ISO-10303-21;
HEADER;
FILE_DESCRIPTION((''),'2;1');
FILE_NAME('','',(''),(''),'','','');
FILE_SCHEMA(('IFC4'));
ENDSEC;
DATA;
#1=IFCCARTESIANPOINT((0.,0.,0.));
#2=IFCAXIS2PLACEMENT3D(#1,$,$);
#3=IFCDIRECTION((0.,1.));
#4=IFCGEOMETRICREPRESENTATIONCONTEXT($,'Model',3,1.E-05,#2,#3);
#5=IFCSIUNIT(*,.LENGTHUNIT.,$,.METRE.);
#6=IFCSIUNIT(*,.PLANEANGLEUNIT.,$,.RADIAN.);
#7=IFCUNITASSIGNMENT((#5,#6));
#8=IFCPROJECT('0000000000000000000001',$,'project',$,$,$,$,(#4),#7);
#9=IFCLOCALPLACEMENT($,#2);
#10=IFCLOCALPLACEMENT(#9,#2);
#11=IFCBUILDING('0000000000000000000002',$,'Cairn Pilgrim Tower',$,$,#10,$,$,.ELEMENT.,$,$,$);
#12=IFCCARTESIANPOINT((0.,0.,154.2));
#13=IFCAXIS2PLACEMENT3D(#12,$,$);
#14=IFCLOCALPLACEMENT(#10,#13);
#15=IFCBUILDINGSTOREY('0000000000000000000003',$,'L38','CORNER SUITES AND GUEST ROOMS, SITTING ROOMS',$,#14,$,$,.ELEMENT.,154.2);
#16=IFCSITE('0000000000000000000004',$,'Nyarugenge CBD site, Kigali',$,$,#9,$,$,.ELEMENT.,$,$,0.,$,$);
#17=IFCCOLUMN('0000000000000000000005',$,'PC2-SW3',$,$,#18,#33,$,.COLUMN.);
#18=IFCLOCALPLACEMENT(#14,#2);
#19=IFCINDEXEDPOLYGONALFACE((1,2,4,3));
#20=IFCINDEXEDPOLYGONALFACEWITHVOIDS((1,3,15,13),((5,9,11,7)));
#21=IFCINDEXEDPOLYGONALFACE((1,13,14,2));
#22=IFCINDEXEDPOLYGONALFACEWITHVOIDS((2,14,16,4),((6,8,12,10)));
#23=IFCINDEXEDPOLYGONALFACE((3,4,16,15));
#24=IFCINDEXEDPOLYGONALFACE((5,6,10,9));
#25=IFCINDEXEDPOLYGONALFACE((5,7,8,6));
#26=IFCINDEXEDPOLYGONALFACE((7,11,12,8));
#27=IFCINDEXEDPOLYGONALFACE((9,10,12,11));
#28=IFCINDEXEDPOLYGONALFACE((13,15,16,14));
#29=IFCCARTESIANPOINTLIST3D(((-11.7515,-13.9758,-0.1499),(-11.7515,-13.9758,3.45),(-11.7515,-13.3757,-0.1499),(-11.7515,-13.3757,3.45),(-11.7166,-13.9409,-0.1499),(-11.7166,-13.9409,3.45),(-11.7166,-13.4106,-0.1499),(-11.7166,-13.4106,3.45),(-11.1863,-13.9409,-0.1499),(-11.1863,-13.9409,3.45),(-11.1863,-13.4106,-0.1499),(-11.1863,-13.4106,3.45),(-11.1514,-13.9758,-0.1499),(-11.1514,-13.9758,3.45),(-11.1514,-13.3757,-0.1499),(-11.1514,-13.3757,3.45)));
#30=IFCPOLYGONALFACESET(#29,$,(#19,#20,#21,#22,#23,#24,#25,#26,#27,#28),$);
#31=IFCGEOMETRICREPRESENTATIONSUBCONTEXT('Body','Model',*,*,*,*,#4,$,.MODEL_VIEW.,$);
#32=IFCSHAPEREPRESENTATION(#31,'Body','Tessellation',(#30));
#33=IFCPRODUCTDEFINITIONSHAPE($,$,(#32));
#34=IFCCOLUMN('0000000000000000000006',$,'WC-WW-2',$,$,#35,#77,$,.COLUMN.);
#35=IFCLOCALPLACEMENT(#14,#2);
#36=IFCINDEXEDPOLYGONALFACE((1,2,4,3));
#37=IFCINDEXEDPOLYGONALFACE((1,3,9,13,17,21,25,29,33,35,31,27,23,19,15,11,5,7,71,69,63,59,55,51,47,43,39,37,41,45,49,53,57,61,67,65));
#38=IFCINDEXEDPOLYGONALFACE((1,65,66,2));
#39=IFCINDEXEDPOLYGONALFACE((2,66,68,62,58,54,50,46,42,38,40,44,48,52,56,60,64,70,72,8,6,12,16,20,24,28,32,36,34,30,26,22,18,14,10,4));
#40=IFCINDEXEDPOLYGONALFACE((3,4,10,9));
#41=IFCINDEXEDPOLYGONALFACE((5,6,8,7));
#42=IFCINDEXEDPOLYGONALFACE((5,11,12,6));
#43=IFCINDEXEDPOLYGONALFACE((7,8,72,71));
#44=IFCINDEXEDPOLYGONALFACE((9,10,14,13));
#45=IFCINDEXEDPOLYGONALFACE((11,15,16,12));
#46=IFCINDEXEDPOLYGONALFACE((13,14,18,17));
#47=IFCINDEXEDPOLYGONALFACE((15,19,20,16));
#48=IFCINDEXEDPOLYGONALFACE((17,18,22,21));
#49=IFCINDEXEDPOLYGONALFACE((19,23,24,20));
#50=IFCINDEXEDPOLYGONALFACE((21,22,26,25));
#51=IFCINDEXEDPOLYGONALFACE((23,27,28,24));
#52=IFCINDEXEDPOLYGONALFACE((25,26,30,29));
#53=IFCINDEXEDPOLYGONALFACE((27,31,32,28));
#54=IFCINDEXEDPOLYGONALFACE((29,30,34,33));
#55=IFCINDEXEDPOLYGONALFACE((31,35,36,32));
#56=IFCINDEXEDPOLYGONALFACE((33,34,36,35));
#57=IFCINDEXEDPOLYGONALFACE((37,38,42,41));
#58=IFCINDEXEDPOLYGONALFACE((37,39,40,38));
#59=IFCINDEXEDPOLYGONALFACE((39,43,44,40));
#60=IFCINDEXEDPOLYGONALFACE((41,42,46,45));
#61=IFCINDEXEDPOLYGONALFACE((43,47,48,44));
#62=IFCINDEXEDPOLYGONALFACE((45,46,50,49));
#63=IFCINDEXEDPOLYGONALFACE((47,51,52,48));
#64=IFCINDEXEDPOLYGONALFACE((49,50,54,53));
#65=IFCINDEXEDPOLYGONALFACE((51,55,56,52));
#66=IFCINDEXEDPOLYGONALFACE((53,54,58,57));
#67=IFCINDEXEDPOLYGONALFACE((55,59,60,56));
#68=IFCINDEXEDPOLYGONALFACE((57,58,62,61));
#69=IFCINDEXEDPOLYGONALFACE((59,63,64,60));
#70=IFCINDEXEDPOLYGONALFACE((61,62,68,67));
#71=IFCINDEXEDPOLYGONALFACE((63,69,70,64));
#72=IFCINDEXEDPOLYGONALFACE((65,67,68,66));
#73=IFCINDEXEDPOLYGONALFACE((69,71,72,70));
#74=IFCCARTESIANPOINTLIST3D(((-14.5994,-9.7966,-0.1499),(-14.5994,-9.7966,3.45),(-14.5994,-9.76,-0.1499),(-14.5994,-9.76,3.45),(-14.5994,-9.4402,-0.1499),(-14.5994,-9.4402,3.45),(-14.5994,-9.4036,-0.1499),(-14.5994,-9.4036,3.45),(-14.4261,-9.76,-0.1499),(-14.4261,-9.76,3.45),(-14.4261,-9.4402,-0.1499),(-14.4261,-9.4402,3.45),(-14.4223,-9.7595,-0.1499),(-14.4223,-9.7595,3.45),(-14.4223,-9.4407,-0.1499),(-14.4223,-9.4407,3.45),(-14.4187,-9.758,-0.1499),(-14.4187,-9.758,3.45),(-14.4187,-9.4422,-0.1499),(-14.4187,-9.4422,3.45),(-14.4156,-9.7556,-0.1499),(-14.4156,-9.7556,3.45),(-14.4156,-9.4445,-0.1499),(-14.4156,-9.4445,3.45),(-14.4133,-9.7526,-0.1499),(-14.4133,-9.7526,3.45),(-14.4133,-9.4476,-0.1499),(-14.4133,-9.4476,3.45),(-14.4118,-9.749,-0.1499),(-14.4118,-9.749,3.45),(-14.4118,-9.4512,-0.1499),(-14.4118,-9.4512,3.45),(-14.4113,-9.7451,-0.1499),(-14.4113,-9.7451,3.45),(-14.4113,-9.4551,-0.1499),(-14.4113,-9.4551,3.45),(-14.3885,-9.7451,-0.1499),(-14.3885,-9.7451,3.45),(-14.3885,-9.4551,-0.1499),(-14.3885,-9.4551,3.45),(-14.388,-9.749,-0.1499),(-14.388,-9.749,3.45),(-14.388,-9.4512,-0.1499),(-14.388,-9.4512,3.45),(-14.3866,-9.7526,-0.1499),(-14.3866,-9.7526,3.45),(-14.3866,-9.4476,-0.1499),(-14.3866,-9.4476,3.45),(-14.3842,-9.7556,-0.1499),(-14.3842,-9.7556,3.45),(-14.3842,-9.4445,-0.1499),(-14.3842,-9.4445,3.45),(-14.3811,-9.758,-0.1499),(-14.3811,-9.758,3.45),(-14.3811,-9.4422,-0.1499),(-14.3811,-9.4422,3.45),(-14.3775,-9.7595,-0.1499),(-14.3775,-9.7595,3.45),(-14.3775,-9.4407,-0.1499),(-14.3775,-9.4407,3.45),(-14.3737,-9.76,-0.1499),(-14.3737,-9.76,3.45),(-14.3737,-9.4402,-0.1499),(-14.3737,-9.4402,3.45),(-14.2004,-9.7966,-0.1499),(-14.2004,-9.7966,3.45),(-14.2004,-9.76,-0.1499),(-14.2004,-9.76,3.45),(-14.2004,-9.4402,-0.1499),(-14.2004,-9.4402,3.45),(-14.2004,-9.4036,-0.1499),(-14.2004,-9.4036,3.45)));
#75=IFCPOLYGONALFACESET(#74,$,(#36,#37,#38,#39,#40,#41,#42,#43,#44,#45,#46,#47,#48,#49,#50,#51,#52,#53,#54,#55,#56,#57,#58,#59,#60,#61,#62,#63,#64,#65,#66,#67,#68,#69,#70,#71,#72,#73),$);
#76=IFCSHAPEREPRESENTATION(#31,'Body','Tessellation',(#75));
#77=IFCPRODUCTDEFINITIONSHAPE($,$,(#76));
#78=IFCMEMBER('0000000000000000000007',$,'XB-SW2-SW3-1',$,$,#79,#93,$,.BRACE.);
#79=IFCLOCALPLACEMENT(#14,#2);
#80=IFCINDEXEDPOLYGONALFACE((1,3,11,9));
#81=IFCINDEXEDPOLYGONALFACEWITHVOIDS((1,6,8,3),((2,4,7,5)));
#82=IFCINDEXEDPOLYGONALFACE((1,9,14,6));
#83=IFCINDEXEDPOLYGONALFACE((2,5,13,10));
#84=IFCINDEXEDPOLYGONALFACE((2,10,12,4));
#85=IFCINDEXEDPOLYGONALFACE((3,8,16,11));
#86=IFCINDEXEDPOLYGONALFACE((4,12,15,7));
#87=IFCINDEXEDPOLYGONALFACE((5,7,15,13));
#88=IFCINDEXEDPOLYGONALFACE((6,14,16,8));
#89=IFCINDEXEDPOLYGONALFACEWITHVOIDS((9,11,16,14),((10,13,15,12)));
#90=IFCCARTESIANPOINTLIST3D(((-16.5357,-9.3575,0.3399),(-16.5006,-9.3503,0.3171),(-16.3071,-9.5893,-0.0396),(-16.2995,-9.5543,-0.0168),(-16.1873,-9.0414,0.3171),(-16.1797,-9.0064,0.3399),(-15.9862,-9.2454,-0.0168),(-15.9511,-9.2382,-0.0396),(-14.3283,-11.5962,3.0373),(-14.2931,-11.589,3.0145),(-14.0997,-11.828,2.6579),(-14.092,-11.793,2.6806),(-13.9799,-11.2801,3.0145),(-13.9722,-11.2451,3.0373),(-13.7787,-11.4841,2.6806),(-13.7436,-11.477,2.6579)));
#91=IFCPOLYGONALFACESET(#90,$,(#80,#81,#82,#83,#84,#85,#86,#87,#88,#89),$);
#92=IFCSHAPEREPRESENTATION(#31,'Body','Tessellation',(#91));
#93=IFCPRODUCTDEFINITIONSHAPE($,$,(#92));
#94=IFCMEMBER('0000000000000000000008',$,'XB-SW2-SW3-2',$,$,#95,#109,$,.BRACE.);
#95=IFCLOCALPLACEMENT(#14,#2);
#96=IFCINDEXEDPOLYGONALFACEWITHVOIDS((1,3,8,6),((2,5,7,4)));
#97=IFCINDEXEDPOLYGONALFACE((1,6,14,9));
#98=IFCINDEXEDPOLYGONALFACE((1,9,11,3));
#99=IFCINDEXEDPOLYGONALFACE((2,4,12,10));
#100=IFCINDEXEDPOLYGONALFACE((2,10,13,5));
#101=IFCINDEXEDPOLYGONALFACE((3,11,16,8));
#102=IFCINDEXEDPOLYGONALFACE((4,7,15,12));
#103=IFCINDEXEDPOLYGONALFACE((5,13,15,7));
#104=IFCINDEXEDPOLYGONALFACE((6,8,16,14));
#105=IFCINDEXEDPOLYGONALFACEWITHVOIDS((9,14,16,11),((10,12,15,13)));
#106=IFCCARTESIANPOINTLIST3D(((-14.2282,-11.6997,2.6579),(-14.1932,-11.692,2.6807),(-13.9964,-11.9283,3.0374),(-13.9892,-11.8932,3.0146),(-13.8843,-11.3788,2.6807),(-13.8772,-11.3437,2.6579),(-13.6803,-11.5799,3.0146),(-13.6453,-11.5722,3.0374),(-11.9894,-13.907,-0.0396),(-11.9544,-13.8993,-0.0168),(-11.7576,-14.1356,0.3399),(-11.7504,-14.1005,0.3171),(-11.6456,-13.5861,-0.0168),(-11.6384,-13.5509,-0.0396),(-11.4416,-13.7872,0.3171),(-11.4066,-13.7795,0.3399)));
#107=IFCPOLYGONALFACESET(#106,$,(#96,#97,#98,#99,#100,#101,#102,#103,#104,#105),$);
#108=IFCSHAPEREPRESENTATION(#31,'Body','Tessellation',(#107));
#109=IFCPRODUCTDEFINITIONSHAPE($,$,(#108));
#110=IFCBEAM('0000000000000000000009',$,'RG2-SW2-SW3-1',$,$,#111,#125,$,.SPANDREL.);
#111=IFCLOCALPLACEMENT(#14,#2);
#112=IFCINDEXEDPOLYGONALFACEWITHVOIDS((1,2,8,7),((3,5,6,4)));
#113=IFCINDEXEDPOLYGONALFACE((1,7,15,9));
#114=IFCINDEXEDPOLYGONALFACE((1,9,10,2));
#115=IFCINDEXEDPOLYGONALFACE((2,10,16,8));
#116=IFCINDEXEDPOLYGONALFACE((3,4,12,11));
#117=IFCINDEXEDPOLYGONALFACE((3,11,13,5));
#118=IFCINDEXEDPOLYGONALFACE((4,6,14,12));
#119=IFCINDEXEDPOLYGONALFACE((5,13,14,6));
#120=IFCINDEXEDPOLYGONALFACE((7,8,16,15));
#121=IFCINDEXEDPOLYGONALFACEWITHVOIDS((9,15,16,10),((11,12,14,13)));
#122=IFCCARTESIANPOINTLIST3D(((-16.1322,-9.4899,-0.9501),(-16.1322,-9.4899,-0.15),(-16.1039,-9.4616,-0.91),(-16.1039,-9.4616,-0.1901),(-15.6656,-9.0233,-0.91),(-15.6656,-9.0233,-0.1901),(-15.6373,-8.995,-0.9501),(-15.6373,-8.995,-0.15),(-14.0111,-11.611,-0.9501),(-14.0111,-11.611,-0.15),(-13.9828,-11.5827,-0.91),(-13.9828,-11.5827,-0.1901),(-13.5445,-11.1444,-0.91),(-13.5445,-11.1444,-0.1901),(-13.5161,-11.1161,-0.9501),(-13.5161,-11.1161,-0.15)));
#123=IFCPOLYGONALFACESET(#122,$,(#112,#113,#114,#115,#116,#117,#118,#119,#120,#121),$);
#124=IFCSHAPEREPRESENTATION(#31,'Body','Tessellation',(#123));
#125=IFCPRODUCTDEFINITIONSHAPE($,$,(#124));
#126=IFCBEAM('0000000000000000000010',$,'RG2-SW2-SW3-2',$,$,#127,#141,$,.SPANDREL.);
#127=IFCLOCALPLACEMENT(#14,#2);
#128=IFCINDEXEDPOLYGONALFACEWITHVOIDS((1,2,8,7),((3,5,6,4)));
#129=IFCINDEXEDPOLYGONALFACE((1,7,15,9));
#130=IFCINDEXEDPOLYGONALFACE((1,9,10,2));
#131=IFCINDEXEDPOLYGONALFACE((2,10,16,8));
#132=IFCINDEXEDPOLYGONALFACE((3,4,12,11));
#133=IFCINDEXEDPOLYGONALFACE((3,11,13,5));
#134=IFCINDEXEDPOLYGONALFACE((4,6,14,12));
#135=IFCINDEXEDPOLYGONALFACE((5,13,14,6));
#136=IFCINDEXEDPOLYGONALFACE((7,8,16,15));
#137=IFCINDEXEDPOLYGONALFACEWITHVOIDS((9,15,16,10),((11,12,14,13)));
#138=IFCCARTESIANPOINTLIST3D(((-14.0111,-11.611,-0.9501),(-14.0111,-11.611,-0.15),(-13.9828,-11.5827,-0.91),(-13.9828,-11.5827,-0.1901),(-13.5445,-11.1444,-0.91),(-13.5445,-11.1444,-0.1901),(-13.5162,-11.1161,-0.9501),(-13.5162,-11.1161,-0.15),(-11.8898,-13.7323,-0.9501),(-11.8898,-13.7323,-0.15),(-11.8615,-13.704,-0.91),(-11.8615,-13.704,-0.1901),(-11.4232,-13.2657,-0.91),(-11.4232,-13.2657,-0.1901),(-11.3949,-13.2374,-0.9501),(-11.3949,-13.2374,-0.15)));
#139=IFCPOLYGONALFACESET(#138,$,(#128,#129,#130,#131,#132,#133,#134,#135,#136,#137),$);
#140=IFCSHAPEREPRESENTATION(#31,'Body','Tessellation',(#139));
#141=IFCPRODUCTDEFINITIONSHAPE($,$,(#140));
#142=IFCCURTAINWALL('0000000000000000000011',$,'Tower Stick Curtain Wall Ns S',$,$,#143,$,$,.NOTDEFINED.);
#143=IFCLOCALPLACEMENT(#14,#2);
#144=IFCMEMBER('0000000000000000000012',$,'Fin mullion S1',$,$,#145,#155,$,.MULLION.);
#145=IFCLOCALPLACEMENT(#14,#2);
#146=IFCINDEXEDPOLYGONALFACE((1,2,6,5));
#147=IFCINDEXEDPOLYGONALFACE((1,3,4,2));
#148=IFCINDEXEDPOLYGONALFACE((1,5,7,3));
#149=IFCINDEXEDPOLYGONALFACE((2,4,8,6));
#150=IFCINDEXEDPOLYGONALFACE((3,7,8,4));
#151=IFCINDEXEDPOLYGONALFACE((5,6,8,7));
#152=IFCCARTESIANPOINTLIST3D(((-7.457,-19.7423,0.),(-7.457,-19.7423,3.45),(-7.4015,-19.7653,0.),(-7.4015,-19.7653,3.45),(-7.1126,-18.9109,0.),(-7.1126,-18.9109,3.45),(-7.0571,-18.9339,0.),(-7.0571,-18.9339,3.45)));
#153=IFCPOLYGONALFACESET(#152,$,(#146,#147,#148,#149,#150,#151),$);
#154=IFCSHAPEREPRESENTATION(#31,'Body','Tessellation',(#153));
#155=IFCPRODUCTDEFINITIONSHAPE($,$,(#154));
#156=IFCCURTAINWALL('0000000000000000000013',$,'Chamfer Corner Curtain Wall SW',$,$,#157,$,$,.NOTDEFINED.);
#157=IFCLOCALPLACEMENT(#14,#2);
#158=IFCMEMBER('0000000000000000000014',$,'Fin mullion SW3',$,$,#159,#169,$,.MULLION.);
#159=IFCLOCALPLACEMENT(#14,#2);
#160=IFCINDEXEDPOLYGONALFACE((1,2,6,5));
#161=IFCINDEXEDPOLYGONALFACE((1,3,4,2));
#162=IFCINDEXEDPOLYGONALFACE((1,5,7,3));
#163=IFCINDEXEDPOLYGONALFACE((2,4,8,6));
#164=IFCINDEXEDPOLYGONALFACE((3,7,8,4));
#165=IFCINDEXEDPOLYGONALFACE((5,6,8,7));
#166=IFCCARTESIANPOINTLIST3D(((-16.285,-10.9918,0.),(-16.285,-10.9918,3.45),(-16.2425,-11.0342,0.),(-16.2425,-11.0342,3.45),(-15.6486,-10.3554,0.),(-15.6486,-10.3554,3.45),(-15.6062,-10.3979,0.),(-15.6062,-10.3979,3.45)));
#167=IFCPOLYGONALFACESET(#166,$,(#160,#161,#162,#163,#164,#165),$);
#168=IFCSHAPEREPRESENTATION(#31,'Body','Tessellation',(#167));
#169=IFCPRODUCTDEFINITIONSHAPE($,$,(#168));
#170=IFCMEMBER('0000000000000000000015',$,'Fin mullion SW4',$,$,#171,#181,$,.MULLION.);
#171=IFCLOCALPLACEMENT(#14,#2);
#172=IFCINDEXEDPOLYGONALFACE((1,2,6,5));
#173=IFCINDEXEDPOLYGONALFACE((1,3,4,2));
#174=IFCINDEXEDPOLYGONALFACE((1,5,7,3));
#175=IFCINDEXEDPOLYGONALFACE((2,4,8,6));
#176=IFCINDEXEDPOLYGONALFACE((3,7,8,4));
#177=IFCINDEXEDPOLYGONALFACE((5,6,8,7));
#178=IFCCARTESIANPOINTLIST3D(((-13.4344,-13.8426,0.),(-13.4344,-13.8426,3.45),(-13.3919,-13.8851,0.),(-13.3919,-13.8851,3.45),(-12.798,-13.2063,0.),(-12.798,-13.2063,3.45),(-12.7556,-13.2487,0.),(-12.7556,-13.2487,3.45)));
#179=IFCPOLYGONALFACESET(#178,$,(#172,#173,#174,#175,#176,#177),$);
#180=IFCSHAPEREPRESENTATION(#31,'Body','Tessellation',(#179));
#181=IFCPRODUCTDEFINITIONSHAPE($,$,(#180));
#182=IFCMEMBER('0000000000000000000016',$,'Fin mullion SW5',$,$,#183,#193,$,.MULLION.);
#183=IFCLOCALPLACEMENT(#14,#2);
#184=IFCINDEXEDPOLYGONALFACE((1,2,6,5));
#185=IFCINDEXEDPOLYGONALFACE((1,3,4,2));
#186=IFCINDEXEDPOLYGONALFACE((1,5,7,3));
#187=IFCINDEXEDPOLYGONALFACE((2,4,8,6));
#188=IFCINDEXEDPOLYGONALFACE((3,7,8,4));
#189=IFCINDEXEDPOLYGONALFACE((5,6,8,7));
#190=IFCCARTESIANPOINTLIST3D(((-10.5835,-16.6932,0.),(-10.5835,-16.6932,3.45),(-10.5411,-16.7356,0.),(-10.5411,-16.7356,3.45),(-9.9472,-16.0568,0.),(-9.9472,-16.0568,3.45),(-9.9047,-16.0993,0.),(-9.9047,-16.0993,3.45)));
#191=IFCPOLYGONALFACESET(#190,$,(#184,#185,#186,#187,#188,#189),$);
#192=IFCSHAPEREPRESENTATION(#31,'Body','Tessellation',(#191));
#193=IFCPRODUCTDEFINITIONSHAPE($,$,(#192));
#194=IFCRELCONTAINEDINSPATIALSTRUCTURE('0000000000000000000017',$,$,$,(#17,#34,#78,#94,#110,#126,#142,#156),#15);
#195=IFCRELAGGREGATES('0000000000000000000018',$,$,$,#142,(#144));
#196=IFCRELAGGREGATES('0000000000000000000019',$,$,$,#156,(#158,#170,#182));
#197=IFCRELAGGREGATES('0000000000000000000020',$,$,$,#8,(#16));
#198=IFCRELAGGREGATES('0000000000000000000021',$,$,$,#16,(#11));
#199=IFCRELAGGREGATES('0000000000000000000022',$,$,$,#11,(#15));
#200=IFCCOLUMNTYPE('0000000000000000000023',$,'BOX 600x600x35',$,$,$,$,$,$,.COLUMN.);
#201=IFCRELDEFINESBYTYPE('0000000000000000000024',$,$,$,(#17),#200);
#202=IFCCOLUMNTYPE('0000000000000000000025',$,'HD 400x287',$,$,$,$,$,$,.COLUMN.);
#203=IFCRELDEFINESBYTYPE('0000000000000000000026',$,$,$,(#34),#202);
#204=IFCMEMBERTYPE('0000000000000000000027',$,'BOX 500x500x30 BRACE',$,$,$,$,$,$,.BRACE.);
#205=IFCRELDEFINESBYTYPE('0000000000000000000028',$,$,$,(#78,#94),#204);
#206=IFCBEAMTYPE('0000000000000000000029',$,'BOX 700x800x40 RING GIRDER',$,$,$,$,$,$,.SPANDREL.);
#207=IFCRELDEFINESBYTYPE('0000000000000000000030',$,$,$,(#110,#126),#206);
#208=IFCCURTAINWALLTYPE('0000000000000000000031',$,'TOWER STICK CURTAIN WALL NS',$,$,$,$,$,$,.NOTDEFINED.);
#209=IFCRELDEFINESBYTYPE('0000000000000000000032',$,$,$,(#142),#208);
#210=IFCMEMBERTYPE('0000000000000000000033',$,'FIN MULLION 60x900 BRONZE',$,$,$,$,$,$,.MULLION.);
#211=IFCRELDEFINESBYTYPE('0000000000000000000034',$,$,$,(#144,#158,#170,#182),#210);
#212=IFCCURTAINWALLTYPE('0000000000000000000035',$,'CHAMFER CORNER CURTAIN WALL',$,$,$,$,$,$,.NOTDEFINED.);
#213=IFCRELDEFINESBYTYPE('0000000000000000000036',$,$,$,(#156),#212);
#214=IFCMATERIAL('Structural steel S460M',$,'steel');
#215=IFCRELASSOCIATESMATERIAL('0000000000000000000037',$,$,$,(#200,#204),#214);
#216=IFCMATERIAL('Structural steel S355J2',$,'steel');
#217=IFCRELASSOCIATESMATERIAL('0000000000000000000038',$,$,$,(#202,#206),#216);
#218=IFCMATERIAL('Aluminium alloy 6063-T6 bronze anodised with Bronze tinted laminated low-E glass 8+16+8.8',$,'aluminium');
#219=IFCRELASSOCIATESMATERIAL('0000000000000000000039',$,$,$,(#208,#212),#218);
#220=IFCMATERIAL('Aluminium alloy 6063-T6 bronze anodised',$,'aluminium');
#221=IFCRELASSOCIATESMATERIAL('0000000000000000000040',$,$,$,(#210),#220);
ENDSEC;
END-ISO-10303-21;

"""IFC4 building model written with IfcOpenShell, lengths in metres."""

from ifc_helpers import new_model, si_unit, direction, frame, origin, origin_2d, place, context, subcontext, project, spatial, rectangle, hollow_rectangle, i_section, extrude, material, material_profile, profile_set, type_object, element, aggregate, save


model = new_model("IFC4")

# Units and contexts
model_context = context("Model", 3, precision=1e-05, world=origin(), true_north=direction((0.0, 1.0)))
body_context = subcontext(model_context, "Body", "Model", "MODEL_VIEW")
ifc_project = project(units=[si_unit("LENGTHUNIT", "METRE"), si_unit("PLANEANGLEUNIT", "RADIAN")], contexts=[model_context])

# Site, building, storey
site_placement = place(None, origin())
site = spatial("IfcSite", under=ifc_project, at=site_placement, Name="Nyarugenge CBD site, Kigali", CompositionType="ELEMENT", RefElevation=0.0)
building_placement = place(site_placement, origin())
building = spatial("IfcBuilding", under=site, at=building_placement, Name="Cairn Pilgrim Tower", CompositionType="ELEMENT")
storey_placement = place(building_placement, frame((0.0, 0.0, 154.2)))
storey = spatial("IfcBuildingStorey", under=building, at=storey_placement, Name="L38", Description="CORNER SUITES AND GUEST ROOMS, SITTING ROOMS", CompositionType="ELEMENT", Elevation=154.2)

# Columns
ifc_material_1 = material(Name="Structural steel S460M", Category="steel")
ifc_material_profile_1 = material_profile(ifc_material_1, hollow_rectangle(XDim=0.6001, YDim=0.6001, WallThickness=0.0349, at=origin_2d()), Name="BOX 600x600x35")
ifc_profile_set_1 = profile_set([ifc_material_profile_1], Name="Structural steel S460M")
column_type_1 = type_object("IfcColumnType", Name="BOX 600x600x35", PredefinedType="COLUMN", material=ifc_profile_set_1)
column_1_placement = place(storey_placement, frame((-11.4514, -13.6758, -0.1499), z_axis=(0.0, 0.0, 1.0), x_axis=(1.0, 0.0, 0.0)))
element("IfcColumn", 1, at=column_1_placement, inside=storey, type_object=column_type_1, Name="PC2-SW3", PredefinedType="COLUMN", context=body_context, shape_type="SweptSolid", body=[
    extrude(hollow_rectangle(XDim=0.6001, YDim=0.6001, WallThickness=0.0349, at=origin_2d()), origin(), (0.0, 0.0, 1.0), 3.5999),
])
ifc_material_2 = material(Name="Structural steel S355J2", Category="steel")
ifc_material_profile_2 = material_profile(ifc_material_2, i_section(OverallWidth=0.3989, OverallDepth=0.3931, WebThickness=0.0227, FlangeThickness=0.0366, FilletRadius=0.0149, at=origin_2d()), Name="HD 400x287")
ifc_profile_set_2 = profile_set([ifc_material_profile_2], Name="Structural steel S355J2")
column_type_2 = type_object("IfcColumnType", Name="HD 400x287", PredefinedType="COLUMN", material=ifc_profile_set_2)
column_2_placement = place(storey_placement, frame((-14.3999, -9.6001, -0.1499), z_axis=(0.0, 0.0, 1.0), x_axis=(1.0, 0.0, 0.0)))
element("IfcColumn", 2, at=column_2_placement, inside=storey, type_object=column_type_2, Name="WC-WW-2", PredefinedType="COLUMN", context=body_context, shape_type="SweptSolid", body=[
    extrude(i_section(OverallWidth=0.3989, OverallDepth=0.3931, WebThickness=0.0227, FlangeThickness=0.0366, FilletRadius=0.0149, at=origin_2d()), origin(), (0.0, 0.0, 1.0), 3.5999),
])

# Members
ifc_material_profile_3 = material_profile(ifc_material_1, hollow_rectangle(XDim=0.5, YDim=0.5, WallThickness=0.03, at=origin_2d()), Name="BOX 500x500x30")
ifc_profile_set_3 = profile_set([ifc_material_profile_3], Name="Structural steel S460M")
member_type_1 = type_object("IfcMemberType", Name="BOX 500x500x30 BRACE", PredefinedType="BRACE", material=ifc_profile_set_3)
for number, where, z_axis, x_axis, name in (
    (3, (-16.2434, -9.2979, 0.1501), (0.532872, -0.540416, 0.651151), (0.712059, 0.70212, 0.0), "XB-SW2-SW3-1"),
    (4, (-11.698, -13.8433, 0.1501), (-0.540433, 0.53283, 0.651171), (-0.70208, -0.712098, 0.0), "XB-SW2-SW3-2"),
):
    element("IfcMember", number, at=place(storey_placement, frame(where, z_axis=z_axis, x_axis=x_axis)), inside=storey, type_object=member_type_1, Name=name, PredefinedType="BRACE", context=body_context, shape_type="SweptSolid", body=[
        extrude(hollow_rectangle(XDim=0.5, YDim=0.5, WallThickness=0.03, at=origin_2d()), origin(), (0.0, 0.0, 1.0), 4.1426),
    ])

# Beams
ifc_material_profile_4 = material_profile(ifc_material_2, hollow_rectangle(XDim=0.7, YDim=0.8, WallThickness=0.04, at=origin_2d()), Name="BOX 700x800x40")
ifc_profile_set_4 = profile_set([ifc_material_profile_4], Name="Structural steel S355J2")
beam_type_1 = type_object("IfcBeamType", Name="BOX 700x800x40 RING GIRDER", PredefinedType="SPANDREL", material=ifc_profile_set_4)
beam_1_placement = place(storey_placement, frame((-15.8848, -9.2424, -0.55), z_axis=(0.707107, -0.707107, 0.0), x_axis=(0.707107, 0.707107, 0.0)))
element("IfcBeam", 5, at=beam_1_placement, inside=storey, type_object=beam_type_1, Name="RG2-SW2-SW3-1", PredefinedType="SPANDREL", context=body_context, shape_type="SweptSolid", body=[
    extrude(hollow_rectangle(XDim=0.7, YDim=0.8, WallThickness=0.04, at=origin_2d()), origin(), (0.0, 0.0, 1.0), 2.9998),
])
beam_2_placement = place(storey_placement, frame((-13.7637, -11.3635, -0.55), z_axis=(0.707107, -0.707107, 0.0), x_axis=(0.707107, 0.707107, 0.0)))
element("IfcBeam", 6, at=beam_2_placement, inside=storey, type_object=beam_type_1, Name="RG2-SW2-SW3-2", PredefinedType="SPANDREL", context=body_context, shape_type="SweptSolid", body=[
    extrude(hollow_rectangle(XDim=0.7, YDim=0.8, WallThickness=0.04, at=origin_2d()), origin(), (0.0, 0.0, 1.0), 3.0),
])

# Curtain wall, member
ifc_material_3 = material(Name="Aluminium alloy 6063-T6 bronze anodised with Bronze tinted laminated low-E glass 8+16+8.8", Category="aluminium")
curtain_wall_type_1 = type_object("IfcCurtainWallType", Name="TOWER STICK CURTAIN WALL NS", PredefinedType="NOTDEFINED", material=ifc_material_3)
curtain_wall_1_placement = place(storey_placement, origin())
curtain_wall_1 = element("IfcCurtainWall", 7, at=curtain_wall_1_placement, inside=storey, type_object=curtain_wall_type_1, Name="Tower Stick Curtain Wall Ns S", PredefinedType="NOTDEFINED")
ifc_material_4 = material(Name="Aluminium alloy 6063-T6 bronze anodised", Category="aluminium")
ifc_material_profile_5 = material_profile(ifc_material_4, rectangle(XDim=0.8999, YDim=0.0601, at=origin_2d()), Name="FIN MULLION 60x900 BRONZE")
ifc_profile_set_5 = profile_set([ifc_material_profile_5], Name="Aluminium alloy 6063-T6 bronze anodised")
member_type_2 = type_object("IfcMemberType", Name="FIN MULLION 60x900 BRONZE", PredefinedType="MULLION", material=ifc_profile_set_5)
member_1_placement = place(storey_placement, frame((-7.2571, -19.3381, 0.0), z_axis=(0.0, 0.0, 1.0), x_axis=(-0.382683, -0.92388, 0.0)))
member_1 = element("IfcMember", 8, at=member_1_placement, type_object=member_type_2, Name="Fin mullion S1", PredefinedType="MULLION", context=body_context, shape_type="SweptSolid", body=[
    extrude(rectangle(XDim=0.8999, YDim=0.0601, at=origin_2d()), origin(), (0.0, 0.0, 1.0), 3.45),
])
aggregate(curtain_wall_1, [member_1])

# Curtain wall, members
curtain_wall_type_2 = type_object("IfcCurtainWallType", Name="CHAMFER CORNER CURTAIN WALL", PredefinedType="NOTDEFINED", material=ifc_material_3)
curtain_wall_2_placement = place(storey_placement, origin())
curtain_wall_2 = element("IfcCurtainWall", 9, at=curtain_wall_2_placement, inside=storey, type_object=curtain_wall_type_2, Name="Chamfer Corner Curtain Wall SW", PredefinedType="NOTDEFINED")
member_2_placement = place(storey_placement, frame((-15.9456, -10.6948, 0.0), z_axis=(0.0, 0.0, 1.0), x_axis=(-0.707107, -0.707107, 0.0)))
member_2 = element("IfcMember", 10, at=member_2_placement, type_object=member_type_2, Name="Fin mullion SW3", PredefinedType="MULLION", context=body_context, shape_type="SweptSolid", body=[
    extrude(rectangle(XDim=0.8999, YDim=0.0601, at=origin_2d()), origin(), (0.0, 0.0, 1.0), 3.45),
])
member_3_placement = place(storey_placement, frame((-13.095, -13.5457, 0.0), z_axis=(0.0, 0.0, 1.0), x_axis=(-0.707107, -0.707107, 0.0)))
member_3 = element("IfcMember", 11, at=member_3_placement, type_object=member_type_2, Name="Fin mullion SW4", PredefinedType="MULLION", context=body_context, shape_type="SweptSolid", body=[
    extrude(rectangle(XDim=0.8999, YDim=0.0601, at=origin_2d()), origin(), (0.0, 0.0, 1.0), 3.45),
])
member_4_placement = place(storey_placement, frame((-10.2441, -16.3962, 0.0), z_axis=(0.0, 0.0, 1.0), x_axis=(-0.707107, -0.707107, 0.0)))
member_4 = element("IfcMember", 12, at=member_4_placement, type_object=member_type_2, Name="Fin mullion SW5", PredefinedType="MULLION", context=body_context, shape_type="SweptSolid", body=[
    extrude(rectangle(XDim=0.8999, YDim=0.0601, at=origin_2d()), origin(), (0.0, 0.0, 1.0), 3.45),
])

aggregate(curtain_wall_2, [member_2, member_3, member_4])

save(model, "model.ifc")
